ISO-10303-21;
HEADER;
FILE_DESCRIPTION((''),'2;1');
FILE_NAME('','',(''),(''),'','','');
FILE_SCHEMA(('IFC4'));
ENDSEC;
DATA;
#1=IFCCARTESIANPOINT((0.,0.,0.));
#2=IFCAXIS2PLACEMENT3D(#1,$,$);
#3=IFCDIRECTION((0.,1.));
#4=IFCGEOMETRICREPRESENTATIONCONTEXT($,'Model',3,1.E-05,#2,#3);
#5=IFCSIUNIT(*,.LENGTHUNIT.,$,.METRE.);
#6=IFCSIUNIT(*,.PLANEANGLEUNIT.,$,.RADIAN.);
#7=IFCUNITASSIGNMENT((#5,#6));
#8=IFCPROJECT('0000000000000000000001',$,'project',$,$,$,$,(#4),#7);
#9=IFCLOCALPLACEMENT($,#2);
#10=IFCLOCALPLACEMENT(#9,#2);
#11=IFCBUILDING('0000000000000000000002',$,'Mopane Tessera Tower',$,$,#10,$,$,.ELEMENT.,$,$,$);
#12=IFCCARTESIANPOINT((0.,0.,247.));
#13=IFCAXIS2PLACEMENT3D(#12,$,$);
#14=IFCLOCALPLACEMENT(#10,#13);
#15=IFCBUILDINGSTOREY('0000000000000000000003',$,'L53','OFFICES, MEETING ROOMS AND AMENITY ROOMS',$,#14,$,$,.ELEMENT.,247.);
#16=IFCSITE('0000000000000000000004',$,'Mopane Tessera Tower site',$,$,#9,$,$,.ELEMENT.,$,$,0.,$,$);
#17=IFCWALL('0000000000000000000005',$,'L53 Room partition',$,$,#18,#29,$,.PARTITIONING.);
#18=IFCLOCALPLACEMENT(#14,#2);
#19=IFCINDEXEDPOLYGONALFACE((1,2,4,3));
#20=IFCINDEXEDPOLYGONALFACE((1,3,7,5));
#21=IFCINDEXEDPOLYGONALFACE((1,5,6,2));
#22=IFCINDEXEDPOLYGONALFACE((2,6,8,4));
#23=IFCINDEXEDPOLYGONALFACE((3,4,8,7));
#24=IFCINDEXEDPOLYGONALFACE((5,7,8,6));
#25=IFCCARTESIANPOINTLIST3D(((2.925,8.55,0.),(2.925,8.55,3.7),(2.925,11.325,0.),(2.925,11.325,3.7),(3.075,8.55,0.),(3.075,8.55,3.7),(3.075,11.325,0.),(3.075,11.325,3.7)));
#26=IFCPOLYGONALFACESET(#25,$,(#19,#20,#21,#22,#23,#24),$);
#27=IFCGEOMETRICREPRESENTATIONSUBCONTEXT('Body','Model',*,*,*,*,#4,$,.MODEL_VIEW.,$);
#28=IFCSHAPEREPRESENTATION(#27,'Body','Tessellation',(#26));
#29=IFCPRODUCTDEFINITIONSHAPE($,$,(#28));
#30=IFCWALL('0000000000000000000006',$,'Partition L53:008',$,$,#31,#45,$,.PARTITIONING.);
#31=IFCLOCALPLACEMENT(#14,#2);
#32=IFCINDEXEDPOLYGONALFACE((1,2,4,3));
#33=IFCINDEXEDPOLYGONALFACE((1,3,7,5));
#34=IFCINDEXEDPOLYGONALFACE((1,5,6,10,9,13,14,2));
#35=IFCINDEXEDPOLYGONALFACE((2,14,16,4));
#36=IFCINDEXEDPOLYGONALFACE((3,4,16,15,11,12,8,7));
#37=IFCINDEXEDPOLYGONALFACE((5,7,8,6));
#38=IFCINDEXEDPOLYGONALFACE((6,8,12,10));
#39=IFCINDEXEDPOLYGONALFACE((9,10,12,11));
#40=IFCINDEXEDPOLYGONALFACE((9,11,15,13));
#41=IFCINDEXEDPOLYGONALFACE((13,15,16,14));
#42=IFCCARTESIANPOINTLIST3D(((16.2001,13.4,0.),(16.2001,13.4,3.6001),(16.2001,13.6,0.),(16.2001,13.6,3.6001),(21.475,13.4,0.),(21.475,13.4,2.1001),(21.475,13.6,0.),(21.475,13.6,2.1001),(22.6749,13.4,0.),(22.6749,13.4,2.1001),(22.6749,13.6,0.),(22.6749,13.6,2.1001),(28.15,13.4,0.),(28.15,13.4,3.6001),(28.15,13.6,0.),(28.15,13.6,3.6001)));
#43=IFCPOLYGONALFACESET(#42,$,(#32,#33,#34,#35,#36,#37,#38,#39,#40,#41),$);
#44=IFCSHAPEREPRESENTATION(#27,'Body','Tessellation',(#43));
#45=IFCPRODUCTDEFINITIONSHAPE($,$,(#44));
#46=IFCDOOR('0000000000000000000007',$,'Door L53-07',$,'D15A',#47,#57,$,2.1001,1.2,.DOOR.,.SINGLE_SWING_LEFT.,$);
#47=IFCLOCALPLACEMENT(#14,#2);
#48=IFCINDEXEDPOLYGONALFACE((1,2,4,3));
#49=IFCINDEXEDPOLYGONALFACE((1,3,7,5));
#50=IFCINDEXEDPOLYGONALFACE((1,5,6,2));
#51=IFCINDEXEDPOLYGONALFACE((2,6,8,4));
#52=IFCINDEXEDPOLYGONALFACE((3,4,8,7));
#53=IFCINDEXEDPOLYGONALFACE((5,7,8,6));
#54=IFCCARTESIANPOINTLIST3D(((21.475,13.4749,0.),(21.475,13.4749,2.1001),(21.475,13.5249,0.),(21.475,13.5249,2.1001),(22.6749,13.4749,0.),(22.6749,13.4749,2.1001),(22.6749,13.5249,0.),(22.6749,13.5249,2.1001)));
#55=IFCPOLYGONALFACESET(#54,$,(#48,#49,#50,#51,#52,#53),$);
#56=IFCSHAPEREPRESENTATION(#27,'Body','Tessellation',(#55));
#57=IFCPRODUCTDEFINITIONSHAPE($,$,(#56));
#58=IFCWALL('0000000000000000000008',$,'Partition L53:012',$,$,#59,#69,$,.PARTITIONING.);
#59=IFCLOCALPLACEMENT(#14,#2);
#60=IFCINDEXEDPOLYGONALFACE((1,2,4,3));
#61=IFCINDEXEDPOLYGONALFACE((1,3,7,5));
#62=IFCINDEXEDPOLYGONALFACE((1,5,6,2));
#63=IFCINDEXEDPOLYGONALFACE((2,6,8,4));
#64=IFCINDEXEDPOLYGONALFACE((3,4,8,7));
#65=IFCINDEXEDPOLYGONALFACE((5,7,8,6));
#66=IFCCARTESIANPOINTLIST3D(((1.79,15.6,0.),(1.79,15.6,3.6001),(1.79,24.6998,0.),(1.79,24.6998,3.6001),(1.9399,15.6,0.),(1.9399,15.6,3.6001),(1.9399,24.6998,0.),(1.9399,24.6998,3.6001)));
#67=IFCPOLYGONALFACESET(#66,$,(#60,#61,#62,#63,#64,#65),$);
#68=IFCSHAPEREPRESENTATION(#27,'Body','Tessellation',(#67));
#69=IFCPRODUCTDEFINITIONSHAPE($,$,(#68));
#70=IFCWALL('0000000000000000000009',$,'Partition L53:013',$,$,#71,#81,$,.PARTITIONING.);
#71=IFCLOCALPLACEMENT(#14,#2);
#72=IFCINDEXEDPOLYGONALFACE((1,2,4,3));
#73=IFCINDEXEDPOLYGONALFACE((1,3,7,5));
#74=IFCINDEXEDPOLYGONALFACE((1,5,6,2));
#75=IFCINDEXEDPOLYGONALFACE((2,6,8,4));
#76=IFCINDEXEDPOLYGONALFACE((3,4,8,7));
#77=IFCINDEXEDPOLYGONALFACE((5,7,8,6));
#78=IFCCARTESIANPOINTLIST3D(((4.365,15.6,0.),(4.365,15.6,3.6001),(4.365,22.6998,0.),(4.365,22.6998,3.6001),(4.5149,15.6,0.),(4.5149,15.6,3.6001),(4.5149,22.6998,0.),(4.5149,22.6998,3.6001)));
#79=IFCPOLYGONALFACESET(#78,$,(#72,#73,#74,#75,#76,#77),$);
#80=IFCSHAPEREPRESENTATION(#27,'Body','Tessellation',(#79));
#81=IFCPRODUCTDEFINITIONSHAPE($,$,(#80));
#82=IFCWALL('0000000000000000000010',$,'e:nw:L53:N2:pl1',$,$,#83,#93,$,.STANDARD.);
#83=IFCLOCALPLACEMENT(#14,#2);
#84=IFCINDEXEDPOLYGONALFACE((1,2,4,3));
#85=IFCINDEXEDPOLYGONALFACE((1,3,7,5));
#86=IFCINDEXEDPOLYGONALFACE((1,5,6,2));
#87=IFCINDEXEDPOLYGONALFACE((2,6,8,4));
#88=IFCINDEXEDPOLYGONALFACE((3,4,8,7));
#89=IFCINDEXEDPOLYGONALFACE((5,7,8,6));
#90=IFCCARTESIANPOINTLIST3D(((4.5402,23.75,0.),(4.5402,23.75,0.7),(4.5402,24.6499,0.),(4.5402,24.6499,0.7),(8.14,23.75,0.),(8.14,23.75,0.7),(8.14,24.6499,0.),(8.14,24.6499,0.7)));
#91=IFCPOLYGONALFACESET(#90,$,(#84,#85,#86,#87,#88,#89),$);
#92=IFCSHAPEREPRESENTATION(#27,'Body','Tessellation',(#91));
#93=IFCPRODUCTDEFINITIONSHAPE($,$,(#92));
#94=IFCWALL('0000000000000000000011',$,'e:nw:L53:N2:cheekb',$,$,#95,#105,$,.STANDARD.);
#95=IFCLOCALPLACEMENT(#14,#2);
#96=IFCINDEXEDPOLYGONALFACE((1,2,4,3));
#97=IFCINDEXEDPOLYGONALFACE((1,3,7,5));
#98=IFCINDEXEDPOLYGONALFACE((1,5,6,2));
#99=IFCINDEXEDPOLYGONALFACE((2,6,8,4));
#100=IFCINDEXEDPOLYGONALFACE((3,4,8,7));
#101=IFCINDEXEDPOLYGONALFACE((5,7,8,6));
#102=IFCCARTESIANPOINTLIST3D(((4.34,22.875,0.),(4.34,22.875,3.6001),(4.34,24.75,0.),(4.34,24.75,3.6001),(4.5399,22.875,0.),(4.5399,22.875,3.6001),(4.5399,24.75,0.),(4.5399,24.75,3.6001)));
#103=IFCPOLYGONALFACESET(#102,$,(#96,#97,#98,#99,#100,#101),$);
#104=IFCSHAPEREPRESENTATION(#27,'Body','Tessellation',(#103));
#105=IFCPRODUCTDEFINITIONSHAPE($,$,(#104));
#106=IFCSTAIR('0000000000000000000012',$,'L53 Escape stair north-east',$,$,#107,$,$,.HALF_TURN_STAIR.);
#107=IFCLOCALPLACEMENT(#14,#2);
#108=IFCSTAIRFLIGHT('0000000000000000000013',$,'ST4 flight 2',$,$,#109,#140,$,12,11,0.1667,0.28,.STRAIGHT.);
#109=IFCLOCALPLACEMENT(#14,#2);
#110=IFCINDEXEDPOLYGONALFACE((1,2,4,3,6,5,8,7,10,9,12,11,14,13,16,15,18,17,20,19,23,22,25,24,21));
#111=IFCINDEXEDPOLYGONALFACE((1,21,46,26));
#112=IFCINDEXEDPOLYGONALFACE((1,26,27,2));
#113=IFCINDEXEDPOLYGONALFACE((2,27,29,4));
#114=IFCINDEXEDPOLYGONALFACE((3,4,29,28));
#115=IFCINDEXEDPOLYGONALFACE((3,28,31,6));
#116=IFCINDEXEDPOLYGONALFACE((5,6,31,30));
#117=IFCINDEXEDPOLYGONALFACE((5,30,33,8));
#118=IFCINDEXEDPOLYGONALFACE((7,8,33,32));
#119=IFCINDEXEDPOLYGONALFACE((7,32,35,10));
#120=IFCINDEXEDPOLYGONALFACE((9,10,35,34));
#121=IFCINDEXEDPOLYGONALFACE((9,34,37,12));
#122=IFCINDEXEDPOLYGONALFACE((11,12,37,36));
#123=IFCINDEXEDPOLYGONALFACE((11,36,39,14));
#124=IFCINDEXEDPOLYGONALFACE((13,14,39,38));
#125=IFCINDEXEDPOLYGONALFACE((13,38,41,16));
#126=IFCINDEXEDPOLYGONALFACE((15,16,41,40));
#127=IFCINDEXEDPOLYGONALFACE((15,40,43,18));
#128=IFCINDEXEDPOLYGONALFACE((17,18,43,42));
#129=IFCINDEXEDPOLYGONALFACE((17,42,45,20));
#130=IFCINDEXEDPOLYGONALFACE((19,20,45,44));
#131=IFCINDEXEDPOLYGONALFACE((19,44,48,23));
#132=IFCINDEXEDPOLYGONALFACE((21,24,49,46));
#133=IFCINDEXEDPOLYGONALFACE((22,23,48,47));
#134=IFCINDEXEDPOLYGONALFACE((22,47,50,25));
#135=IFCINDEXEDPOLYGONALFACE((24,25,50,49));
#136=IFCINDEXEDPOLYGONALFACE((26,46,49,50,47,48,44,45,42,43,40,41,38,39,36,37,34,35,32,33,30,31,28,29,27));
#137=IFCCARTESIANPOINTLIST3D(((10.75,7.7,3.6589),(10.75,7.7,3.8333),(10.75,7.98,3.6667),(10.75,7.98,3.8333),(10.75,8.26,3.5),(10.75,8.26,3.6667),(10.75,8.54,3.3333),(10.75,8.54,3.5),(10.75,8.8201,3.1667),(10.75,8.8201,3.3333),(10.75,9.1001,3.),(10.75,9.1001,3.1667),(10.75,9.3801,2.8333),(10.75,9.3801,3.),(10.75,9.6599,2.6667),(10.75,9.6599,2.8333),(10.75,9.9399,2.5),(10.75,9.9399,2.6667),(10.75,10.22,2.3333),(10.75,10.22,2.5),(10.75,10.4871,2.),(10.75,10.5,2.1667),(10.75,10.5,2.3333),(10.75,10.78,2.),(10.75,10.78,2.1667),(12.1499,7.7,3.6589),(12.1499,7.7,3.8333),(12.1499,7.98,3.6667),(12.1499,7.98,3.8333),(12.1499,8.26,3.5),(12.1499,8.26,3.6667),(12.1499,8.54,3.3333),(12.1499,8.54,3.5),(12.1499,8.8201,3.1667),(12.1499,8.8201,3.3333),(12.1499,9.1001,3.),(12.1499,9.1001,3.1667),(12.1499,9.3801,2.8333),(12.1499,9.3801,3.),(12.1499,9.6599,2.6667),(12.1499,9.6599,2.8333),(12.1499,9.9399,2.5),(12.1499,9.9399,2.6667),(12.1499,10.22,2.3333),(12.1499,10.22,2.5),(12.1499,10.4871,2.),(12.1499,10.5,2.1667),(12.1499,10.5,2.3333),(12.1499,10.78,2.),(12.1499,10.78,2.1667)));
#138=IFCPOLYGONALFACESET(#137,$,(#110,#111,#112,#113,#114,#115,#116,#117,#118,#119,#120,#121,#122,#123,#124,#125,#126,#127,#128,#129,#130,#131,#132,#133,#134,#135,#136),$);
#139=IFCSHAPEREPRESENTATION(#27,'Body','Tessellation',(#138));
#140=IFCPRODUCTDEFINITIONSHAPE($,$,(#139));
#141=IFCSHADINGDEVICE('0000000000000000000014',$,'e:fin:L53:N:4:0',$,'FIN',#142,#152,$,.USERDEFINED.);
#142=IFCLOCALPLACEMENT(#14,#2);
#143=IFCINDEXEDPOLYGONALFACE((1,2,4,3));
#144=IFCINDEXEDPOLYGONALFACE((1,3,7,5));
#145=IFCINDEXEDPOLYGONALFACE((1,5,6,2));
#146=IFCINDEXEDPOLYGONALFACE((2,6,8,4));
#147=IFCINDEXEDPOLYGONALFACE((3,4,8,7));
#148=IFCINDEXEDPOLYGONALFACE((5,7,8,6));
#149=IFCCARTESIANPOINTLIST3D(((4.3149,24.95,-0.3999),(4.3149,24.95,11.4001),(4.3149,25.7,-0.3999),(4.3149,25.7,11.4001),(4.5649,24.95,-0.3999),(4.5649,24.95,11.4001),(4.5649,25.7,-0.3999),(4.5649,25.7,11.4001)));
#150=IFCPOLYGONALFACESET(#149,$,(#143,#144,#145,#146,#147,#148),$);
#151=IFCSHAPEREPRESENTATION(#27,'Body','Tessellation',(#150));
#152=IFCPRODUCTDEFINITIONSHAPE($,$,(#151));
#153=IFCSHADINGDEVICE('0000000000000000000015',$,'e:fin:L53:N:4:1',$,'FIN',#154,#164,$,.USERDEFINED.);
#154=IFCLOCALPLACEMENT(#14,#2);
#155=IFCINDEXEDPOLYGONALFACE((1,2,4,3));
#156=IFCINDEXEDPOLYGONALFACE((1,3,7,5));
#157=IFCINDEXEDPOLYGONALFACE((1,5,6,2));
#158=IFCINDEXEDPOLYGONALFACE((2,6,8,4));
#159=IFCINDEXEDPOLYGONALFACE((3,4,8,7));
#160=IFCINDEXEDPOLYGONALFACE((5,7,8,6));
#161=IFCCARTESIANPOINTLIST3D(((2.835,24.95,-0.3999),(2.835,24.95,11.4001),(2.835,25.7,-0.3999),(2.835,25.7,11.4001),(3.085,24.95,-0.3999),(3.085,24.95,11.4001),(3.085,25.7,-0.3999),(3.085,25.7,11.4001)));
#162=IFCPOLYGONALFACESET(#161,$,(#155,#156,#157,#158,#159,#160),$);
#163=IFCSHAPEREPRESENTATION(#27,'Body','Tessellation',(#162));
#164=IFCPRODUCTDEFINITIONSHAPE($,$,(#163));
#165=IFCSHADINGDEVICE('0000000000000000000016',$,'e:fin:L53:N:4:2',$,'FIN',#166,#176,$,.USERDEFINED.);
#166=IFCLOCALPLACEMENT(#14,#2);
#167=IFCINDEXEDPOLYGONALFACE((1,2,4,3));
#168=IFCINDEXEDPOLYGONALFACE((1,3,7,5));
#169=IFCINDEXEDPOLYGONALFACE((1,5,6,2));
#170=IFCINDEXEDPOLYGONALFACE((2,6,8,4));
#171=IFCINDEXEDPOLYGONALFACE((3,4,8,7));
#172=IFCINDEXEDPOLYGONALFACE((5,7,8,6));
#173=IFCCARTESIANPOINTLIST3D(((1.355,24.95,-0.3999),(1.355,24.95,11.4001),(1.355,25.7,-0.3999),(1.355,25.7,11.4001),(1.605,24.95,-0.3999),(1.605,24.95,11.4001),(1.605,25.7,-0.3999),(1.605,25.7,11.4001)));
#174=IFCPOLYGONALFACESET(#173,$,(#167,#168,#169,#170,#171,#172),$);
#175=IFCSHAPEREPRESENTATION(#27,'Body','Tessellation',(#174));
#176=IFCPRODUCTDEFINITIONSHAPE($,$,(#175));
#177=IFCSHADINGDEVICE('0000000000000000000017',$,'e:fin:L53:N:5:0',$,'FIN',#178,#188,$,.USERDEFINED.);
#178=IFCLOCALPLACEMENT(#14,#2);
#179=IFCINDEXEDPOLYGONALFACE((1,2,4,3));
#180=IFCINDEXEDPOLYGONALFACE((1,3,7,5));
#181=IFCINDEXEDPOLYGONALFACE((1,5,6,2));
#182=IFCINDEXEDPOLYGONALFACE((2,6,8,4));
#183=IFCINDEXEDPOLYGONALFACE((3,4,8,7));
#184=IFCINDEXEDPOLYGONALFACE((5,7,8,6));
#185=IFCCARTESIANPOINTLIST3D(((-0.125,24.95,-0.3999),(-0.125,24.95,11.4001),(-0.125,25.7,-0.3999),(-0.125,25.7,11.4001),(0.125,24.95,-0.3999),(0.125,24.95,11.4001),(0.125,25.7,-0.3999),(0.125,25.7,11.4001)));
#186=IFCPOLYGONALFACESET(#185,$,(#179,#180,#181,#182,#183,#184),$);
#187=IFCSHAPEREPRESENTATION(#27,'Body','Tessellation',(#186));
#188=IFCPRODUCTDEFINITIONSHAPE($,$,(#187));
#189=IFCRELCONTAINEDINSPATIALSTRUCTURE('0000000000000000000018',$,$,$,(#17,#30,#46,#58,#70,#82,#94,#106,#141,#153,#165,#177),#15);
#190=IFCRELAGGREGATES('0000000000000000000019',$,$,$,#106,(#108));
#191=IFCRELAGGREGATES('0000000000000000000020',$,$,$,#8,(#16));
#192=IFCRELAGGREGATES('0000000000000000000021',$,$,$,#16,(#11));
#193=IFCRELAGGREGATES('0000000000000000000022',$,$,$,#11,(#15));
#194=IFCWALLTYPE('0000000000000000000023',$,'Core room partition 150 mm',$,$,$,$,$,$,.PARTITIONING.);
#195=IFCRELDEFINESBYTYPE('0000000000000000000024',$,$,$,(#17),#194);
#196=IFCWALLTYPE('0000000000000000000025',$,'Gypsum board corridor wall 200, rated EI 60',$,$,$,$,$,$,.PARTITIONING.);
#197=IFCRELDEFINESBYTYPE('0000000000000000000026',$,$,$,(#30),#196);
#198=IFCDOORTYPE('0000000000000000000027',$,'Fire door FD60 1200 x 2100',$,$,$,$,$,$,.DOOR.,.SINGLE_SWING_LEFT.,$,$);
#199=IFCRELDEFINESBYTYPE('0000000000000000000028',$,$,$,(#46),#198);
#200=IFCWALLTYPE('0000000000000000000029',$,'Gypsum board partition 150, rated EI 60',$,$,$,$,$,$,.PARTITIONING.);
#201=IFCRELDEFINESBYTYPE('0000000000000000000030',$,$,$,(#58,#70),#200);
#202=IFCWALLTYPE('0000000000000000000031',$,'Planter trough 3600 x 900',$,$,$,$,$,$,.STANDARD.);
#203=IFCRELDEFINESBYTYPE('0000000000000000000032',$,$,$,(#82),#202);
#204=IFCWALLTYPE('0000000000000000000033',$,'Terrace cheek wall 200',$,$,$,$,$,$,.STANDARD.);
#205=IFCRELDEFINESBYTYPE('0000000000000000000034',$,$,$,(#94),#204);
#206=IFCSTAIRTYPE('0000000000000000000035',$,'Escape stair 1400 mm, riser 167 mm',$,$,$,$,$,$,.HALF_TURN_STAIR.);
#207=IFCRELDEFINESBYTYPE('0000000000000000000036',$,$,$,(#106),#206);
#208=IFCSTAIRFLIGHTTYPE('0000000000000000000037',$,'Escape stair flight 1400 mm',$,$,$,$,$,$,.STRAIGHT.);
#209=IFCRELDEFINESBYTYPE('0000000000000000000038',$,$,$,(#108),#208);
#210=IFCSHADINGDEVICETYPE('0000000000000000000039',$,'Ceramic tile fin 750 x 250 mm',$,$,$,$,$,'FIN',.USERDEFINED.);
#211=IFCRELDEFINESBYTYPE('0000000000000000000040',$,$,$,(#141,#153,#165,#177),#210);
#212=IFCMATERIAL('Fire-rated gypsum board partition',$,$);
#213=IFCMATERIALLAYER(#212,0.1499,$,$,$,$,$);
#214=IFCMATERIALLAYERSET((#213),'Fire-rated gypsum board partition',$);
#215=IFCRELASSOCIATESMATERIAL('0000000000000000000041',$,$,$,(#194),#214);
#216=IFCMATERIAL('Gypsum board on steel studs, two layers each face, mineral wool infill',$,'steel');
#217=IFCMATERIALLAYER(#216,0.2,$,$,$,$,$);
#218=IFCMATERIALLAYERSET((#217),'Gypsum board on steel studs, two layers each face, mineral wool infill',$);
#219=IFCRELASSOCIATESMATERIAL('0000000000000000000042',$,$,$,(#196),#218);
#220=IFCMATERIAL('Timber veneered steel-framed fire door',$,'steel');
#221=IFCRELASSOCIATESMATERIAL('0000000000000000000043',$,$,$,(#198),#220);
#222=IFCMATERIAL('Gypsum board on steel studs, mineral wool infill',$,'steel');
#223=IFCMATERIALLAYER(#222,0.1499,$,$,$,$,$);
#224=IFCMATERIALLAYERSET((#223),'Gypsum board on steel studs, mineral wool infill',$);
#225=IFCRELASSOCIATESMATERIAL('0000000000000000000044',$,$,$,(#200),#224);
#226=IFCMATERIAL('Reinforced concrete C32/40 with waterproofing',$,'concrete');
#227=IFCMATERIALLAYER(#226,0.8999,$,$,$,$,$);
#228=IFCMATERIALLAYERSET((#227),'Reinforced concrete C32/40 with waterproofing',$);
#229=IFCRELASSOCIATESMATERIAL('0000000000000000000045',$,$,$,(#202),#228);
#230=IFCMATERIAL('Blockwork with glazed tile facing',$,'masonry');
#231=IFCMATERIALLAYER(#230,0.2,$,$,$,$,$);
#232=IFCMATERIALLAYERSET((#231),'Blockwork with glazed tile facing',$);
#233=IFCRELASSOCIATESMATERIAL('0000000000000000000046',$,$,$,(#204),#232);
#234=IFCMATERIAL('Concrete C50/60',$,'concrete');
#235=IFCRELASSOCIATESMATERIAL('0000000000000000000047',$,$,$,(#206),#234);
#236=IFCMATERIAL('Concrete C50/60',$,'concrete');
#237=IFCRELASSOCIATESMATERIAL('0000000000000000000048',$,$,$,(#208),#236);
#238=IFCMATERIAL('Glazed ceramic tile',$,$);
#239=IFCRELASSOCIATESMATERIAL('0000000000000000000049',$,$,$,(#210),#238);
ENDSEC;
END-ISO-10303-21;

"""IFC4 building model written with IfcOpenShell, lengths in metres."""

from ifc_helpers import new_model, si_unit, direction, frame, frame_2d, origin, origin_2d, place, context, subcontext, project, spatial, polyline, rectangle, outline, extrude, material, layer, layer_set, type_object, element, fill, aggregate, save


model = new_model("IFC4")

# Units and contexts
model_context = context("Model", 3, precision=1e-05, world=origin(), true_north=direction((0.0, 1.0)))
body_context = subcontext(model_context, "Body", "Model", "MODEL_VIEW")
ifc_project = project(units=[si_unit("LENGTHUNIT", "METRE"), si_unit("PLANEANGLEUNIT", "RADIAN")], contexts=[model_context])

# Site, building, storey
site_placement = place(None, origin())
site = spatial("IfcSite", under=ifc_project, at=site_placement, Name="Mopane Tessera Tower site", CompositionType="ELEMENT", RefElevation=0.0)
building_placement = place(site_placement, origin())
building = spatial("IfcBuilding", under=site, at=building_placement, Name="Mopane Tessera Tower", CompositionType="ELEMENT")
storey_placement = place(building_placement, frame((0.0, 0.0, 247.0)))
storey = spatial("IfcBuildingStorey", under=building, at=storey_placement, Name="L53", Description="OFFICES, MEETING ROOMS AND AMENITY ROOMS", CompositionType="ELEMENT", Elevation=247.0)

# Wall
ifc_material_1 = material(Name="Fire-rated gypsum board partition")
ifc_layer_1 = layer(ifc_material_1, 0.1499)
ifc_layer_set_1 = layer_set([ifc_layer_1], Name="Fire-rated gypsum board partition")
wall_type_1 = type_object("IfcWallType", Name="Core room partition 150 mm", PredefinedType="PARTITIONING", material=ifc_layer_set_1)
wall_1_placement = place(storey_placement, frame((3.0, 8.55, 0.0), z_axis=(0.0, 0.0, 1.0), x_axis=(0.0, 1.0, 0.0)))
element("IfcWall", 1, at=wall_1_placement, inside=storey, type_object=wall_type_1, Name="L53 Room partition", PredefinedType="PARTITIONING", context=body_context, shape_type="SweptSolid", body=[
    extrude(rectangle(XDim=2.7749, YDim=0.1499, at=frame_2d((1.3875, 0.0))), origin(), (0.0, 0.0, 1.0), 3.7),
])

# Wall, opening, door
ifc_material_2 = material(Name="Gypsum board on steel studs, two layers each face, mineral wool infill", Category="steel")
ifc_layer_2 = layer(ifc_material_2, 0.2)
ifc_layer_set_2 = layer_set([ifc_layer_2], Name="Gypsum board on steel studs, two layers each face, mineral wool infill")
wall_type_2 = type_object("IfcWallType", Name="Gypsum board corridor wall 200, rated EI 60", PredefinedType="PARTITIONING", material=ifc_layer_set_2)
wall_2_placement = place(storey_placement, frame((16.2, 13.5, 0.0), z_axis=(0.0, 0.0, 1.0), x_axis=(1.0, 0.0, 0.0)))
wall_2 = element("IfcWall", 2, at=wall_2_placement, inside=storey, type_object=wall_type_2, Name="Partition L53:008", PredefinedType="PARTITIONING", context=body_context, shape_type="SweptSolid", body=[
    extrude(rectangle(XDim=11.95, YDim=0.2, at=frame_2d((5.9751, 0.0))), origin(), (0.0, 0.0, 1.0), 3.6001),
])
opening_placement = place(wall_2_placement, frame((5.2749, 0.0, 0.0)))
opening = element("IfcOpeningElement", 3, at=opening_placement, cuts=wall_2, PredefinedType="OPENING", context=body_context, shape_type="SweptSolid", body=[
    extrude(rectangle(XDim=1.2, YDim=2.1001, at=frame_2d((0.6001, 1.05))), frame((0.0, 0.1121, 0.0), z_axis=(0.0, -1.0, 0.0), x_axis=(1.0, 0.0, 0.0)), (0.0, 0.0, 1.0), 0.2239),
])
ifc_material_3 = material(Name="Timber veneered steel-framed fire door", Category="steel")
door_type = type_object("IfcDoorType", Name="Fire door FD60 1200 x 2100", OperationType="SINGLE_SWING_LEFT", PredefinedType="DOOR", material=ifc_material_3)
door_placement = place(opening_placement, origin())
door = element("IfcDoor", 4, at=door_placement, inside=storey, type_object=door_type, Name="Door L53-07", ObjectType="D15A", OperationType="SINGLE_SWING_LEFT", OverallHeight=2.1001, OverallWidth=1.2, PredefinedType="DOOR", context=body_context, shape_type="SweptSolid", body=[
    extrude(rectangle(XDim=1.2, YDim=2.1001, at=frame_2d((0.6001, 1.05))), frame((0.0, 0.0249, 0.0), z_axis=(0.0, -1.0, 0.0), x_axis=(1.0, 0.0, 0.0)), (0.0, 0.0, 1.0), 0.05),
])
fill(opening, door)

# Walls
ifc_material_4 = material(Name="Gypsum board on steel studs, mineral wool infill", Category="steel")
ifc_layer_3 = layer(ifc_material_4, 0.1499)
ifc_layer_set_3 = layer_set([ifc_layer_3], Name="Gypsum board on steel studs, mineral wool infill")
wall_type_3 = type_object("IfcWallType", Name="Gypsum board partition 150, rated EI 60", PredefinedType="PARTITIONING", material=ifc_layer_set_3)
wall_3_placement = place(storey_placement, frame((1.865, 15.6001, 0.0), z_axis=(0.0, 0.0, 1.0), x_axis=(0.0, 1.0, 0.0)))
element("IfcWall", 5, at=wall_3_placement, inside=storey, type_object=wall_type_3, Name="Partition L53:012", PredefinedType="PARTITIONING", context=body_context, shape_type="SweptSolid", body=[
    extrude(rectangle(XDim=9.0999, YDim=0.1499, at=frame_2d((4.5498, 0.0))), origin(), (0.0, 0.0, 1.0), 3.6001),
])
wall_4_placement = place(storey_placement, frame((4.4399, 15.6001, 0.0), z_axis=(0.0, 0.0, 1.0), x_axis=(0.0, 1.0, 0.0)))
element("IfcWall", 6, at=wall_4_placement, inside=storey, type_object=wall_type_3, Name="Partition L53:013", PredefinedType="PARTITIONING", context=body_context, shape_type="SweptSolid", body=[
    extrude(rectangle(XDim=7.0999, YDim=0.1499, at=frame_2d((3.5498, 0.0))), origin(), (0.0, 0.0, 1.0), 3.6001),
])
ifc_material_5 = material(Name="Reinforced concrete C32/40 with waterproofing", Category="concrete")
ifc_layer_4 = layer(ifc_material_5, 0.8999)
ifc_layer_set_4 = layer_set([ifc_layer_4], Name="Reinforced concrete C32/40 with waterproofing")
wall_type_4 = type_object("IfcWallType", Name="Planter trough 3600 x 900", PredefinedType="STANDARD", material=ifc_layer_set_4)
wall_5_placement = place(storey_placement, frame((8.1399, 24.2, 0.0), z_axis=(0.0, 0.0, 1.0), x_axis=(-1.0, 0.0, 0.0)))
element("IfcWall", 7, at=wall_5_placement, inside=storey, type_object=wall_type_4, Name="e:nw:L53:N2:pl1", PredefinedType="STANDARD", context=body_context, shape_type="SweptSolid", body=[
    extrude(rectangle(XDim=3.5999, YDim=0.8999, at=frame_2d((1.7998, 0.0))), origin(), (0.0, 0.0, 1.0), 0.7),
])
ifc_material_6 = material(Name="Blockwork with glazed tile facing", Category="masonry")
ifc_layer_5 = layer(ifc_material_6, 0.2)
ifc_layer_set_5 = layer_set([ifc_layer_5], Name="Blockwork with glazed tile facing")
wall_type_5 = type_object("IfcWallType", Name="Terrace cheek wall 200", PredefinedType="STANDARD", material=ifc_layer_set_5)
wall_6_placement = place(storey_placement, frame((4.4399, 24.75, 0.0), z_axis=(0.0, 0.0, 1.0), x_axis=(0.0, -1.0, 0.0)))
element("IfcWall", 8, at=wall_6_placement, inside=storey, type_object=wall_type_5, Name="e:nw:L53:N2:cheekb", PredefinedType="STANDARD", context=body_context, shape_type="SweptSolid", body=[
    extrude(rectangle(XDim=1.875, YDim=0.2, at=frame_2d((0.9375, 0.0))), origin(), (0.0, 0.0, 1.0), 3.6001),
])

# Stair, stair flight
ifc_material_7 = material(Name="Concrete C50/60", Category="concrete")
stair_type = type_object("IfcStairType", Name="Escape stair 1400 mm, riser 167 mm", PredefinedType="HALF_TURN_STAIR", material=ifc_material_7)
stair_placement = place(storey_placement, origin())
stair = element("IfcStair", 9, at=stair_placement, inside=storey, type_object=stair_type, Name="L53 Escape stair north-east", PredefinedType="HALF_TURN_STAIR")
ifc_material_8 = material(Name="Concrete C50/60", Category="concrete")
stair_flight_type = type_object("IfcStairFlightType", Name="Escape stair flight 1400 mm", PredefinedType="STRAIGHT", material=ifc_material_8)
stair_flight_placement = place(storey_placement, frame((11.45, 10.78, 2.0), z_axis=(0.0, 0.0, 1.0), x_axis=(0.0, -1.0, 0.0)))
stair_flight = element("IfcStairFlight", 10, at=stair_flight_placement, type_object=stair_flight_type, Name="ST4 flight 2", NumberOfRisers=12, NumberOfTreads=11, PredefinedType="STRAIGHT", RiserHeight=0.1667, TreadLength=0.28, context=body_context, shape_type="SweptSolid", body=[
    extrude(outline(polyline([(0.0, 0.0), (0.0, 0.1667), (0.28, 0.1667), (0.28, 0.3333), (0.5601, 0.3333), (0.5601, 0.5), (0.8401, 0.5), (0.8401, 0.6667), (1.1201, 0.6667), (1.1201, 0.8333), (1.3999, 0.8333), (1.3999, 1.0), (1.6799, 1.0), (1.6799, 1.1667), (1.96, 1.1667), (1.96, 1.3333), (2.24, 1.3333), (2.24, 1.5), (2.52, 1.5), (2.52, 1.6667), (2.8, 1.6667), (2.8, 1.8333), (3.0801, 1.8333), (3.0801, 2.0), (3.0801, 1.6589), (0.293, 0.0), (0.0, 0.0)])), frame((0.0, 0.7, 0.0), z_axis=(0.0, -1.0, 0.0), x_axis=(1.0, 0.0, 0.0)), (0.0, 0.0, 1.0), 1.3999),
])
aggregate(stair, [stair_flight])

# Shading devices
ifc_material_9 = material(Name="Glazed ceramic tile")
shading_device_type = type_object("IfcShadingDeviceType", Name="Ceramic tile fin 750 x 250 mm", ElementType="FIN", PredefinedType="USERDEFINED", material=ifc_material_9)
for number, where, z_axis, x_axis, name in (
    (11, (4.4399, 25.325, -0.3999), (0.0, 0.0, 1.0), (-1.0, 0.0, 0.0), "e:fin:L53:N:4:0"),
    (12, (2.96, 25.325, -0.3999), (0.0, 0.0, 1.0), (-1.0, 0.0, 0.0), "e:fin:L53:N:4:1"),
    (13, (1.48, 25.325, -0.3999), (0.0, 0.0, 1.0), (-1.0, 0.0, 0.0), "e:fin:L53:N:4:2"),
    (14, (0.0, 25.325, -0.3999), (0.0, 0.0, 1.0), (-1.0, 0.0, 0.0), "e:fin:L53:N:5:0"),
):
    element("IfcShadingDevice", number, at=place(storey_placement, frame(where, z_axis=z_axis, x_axis=x_axis)), inside=storey, type_object=shading_device_type, Name=name, ObjectType="FIN", PredefinedType="USERDEFINED", context=body_context, shape_type="SweptSolid", body=[
        extrude(rectangle(XDim=0.25, YDim=0.75, at=origin_2d()), origin(), (0.0, 0.0, 1.0), 11.8),
    ])

save(model, "model.ifc")
